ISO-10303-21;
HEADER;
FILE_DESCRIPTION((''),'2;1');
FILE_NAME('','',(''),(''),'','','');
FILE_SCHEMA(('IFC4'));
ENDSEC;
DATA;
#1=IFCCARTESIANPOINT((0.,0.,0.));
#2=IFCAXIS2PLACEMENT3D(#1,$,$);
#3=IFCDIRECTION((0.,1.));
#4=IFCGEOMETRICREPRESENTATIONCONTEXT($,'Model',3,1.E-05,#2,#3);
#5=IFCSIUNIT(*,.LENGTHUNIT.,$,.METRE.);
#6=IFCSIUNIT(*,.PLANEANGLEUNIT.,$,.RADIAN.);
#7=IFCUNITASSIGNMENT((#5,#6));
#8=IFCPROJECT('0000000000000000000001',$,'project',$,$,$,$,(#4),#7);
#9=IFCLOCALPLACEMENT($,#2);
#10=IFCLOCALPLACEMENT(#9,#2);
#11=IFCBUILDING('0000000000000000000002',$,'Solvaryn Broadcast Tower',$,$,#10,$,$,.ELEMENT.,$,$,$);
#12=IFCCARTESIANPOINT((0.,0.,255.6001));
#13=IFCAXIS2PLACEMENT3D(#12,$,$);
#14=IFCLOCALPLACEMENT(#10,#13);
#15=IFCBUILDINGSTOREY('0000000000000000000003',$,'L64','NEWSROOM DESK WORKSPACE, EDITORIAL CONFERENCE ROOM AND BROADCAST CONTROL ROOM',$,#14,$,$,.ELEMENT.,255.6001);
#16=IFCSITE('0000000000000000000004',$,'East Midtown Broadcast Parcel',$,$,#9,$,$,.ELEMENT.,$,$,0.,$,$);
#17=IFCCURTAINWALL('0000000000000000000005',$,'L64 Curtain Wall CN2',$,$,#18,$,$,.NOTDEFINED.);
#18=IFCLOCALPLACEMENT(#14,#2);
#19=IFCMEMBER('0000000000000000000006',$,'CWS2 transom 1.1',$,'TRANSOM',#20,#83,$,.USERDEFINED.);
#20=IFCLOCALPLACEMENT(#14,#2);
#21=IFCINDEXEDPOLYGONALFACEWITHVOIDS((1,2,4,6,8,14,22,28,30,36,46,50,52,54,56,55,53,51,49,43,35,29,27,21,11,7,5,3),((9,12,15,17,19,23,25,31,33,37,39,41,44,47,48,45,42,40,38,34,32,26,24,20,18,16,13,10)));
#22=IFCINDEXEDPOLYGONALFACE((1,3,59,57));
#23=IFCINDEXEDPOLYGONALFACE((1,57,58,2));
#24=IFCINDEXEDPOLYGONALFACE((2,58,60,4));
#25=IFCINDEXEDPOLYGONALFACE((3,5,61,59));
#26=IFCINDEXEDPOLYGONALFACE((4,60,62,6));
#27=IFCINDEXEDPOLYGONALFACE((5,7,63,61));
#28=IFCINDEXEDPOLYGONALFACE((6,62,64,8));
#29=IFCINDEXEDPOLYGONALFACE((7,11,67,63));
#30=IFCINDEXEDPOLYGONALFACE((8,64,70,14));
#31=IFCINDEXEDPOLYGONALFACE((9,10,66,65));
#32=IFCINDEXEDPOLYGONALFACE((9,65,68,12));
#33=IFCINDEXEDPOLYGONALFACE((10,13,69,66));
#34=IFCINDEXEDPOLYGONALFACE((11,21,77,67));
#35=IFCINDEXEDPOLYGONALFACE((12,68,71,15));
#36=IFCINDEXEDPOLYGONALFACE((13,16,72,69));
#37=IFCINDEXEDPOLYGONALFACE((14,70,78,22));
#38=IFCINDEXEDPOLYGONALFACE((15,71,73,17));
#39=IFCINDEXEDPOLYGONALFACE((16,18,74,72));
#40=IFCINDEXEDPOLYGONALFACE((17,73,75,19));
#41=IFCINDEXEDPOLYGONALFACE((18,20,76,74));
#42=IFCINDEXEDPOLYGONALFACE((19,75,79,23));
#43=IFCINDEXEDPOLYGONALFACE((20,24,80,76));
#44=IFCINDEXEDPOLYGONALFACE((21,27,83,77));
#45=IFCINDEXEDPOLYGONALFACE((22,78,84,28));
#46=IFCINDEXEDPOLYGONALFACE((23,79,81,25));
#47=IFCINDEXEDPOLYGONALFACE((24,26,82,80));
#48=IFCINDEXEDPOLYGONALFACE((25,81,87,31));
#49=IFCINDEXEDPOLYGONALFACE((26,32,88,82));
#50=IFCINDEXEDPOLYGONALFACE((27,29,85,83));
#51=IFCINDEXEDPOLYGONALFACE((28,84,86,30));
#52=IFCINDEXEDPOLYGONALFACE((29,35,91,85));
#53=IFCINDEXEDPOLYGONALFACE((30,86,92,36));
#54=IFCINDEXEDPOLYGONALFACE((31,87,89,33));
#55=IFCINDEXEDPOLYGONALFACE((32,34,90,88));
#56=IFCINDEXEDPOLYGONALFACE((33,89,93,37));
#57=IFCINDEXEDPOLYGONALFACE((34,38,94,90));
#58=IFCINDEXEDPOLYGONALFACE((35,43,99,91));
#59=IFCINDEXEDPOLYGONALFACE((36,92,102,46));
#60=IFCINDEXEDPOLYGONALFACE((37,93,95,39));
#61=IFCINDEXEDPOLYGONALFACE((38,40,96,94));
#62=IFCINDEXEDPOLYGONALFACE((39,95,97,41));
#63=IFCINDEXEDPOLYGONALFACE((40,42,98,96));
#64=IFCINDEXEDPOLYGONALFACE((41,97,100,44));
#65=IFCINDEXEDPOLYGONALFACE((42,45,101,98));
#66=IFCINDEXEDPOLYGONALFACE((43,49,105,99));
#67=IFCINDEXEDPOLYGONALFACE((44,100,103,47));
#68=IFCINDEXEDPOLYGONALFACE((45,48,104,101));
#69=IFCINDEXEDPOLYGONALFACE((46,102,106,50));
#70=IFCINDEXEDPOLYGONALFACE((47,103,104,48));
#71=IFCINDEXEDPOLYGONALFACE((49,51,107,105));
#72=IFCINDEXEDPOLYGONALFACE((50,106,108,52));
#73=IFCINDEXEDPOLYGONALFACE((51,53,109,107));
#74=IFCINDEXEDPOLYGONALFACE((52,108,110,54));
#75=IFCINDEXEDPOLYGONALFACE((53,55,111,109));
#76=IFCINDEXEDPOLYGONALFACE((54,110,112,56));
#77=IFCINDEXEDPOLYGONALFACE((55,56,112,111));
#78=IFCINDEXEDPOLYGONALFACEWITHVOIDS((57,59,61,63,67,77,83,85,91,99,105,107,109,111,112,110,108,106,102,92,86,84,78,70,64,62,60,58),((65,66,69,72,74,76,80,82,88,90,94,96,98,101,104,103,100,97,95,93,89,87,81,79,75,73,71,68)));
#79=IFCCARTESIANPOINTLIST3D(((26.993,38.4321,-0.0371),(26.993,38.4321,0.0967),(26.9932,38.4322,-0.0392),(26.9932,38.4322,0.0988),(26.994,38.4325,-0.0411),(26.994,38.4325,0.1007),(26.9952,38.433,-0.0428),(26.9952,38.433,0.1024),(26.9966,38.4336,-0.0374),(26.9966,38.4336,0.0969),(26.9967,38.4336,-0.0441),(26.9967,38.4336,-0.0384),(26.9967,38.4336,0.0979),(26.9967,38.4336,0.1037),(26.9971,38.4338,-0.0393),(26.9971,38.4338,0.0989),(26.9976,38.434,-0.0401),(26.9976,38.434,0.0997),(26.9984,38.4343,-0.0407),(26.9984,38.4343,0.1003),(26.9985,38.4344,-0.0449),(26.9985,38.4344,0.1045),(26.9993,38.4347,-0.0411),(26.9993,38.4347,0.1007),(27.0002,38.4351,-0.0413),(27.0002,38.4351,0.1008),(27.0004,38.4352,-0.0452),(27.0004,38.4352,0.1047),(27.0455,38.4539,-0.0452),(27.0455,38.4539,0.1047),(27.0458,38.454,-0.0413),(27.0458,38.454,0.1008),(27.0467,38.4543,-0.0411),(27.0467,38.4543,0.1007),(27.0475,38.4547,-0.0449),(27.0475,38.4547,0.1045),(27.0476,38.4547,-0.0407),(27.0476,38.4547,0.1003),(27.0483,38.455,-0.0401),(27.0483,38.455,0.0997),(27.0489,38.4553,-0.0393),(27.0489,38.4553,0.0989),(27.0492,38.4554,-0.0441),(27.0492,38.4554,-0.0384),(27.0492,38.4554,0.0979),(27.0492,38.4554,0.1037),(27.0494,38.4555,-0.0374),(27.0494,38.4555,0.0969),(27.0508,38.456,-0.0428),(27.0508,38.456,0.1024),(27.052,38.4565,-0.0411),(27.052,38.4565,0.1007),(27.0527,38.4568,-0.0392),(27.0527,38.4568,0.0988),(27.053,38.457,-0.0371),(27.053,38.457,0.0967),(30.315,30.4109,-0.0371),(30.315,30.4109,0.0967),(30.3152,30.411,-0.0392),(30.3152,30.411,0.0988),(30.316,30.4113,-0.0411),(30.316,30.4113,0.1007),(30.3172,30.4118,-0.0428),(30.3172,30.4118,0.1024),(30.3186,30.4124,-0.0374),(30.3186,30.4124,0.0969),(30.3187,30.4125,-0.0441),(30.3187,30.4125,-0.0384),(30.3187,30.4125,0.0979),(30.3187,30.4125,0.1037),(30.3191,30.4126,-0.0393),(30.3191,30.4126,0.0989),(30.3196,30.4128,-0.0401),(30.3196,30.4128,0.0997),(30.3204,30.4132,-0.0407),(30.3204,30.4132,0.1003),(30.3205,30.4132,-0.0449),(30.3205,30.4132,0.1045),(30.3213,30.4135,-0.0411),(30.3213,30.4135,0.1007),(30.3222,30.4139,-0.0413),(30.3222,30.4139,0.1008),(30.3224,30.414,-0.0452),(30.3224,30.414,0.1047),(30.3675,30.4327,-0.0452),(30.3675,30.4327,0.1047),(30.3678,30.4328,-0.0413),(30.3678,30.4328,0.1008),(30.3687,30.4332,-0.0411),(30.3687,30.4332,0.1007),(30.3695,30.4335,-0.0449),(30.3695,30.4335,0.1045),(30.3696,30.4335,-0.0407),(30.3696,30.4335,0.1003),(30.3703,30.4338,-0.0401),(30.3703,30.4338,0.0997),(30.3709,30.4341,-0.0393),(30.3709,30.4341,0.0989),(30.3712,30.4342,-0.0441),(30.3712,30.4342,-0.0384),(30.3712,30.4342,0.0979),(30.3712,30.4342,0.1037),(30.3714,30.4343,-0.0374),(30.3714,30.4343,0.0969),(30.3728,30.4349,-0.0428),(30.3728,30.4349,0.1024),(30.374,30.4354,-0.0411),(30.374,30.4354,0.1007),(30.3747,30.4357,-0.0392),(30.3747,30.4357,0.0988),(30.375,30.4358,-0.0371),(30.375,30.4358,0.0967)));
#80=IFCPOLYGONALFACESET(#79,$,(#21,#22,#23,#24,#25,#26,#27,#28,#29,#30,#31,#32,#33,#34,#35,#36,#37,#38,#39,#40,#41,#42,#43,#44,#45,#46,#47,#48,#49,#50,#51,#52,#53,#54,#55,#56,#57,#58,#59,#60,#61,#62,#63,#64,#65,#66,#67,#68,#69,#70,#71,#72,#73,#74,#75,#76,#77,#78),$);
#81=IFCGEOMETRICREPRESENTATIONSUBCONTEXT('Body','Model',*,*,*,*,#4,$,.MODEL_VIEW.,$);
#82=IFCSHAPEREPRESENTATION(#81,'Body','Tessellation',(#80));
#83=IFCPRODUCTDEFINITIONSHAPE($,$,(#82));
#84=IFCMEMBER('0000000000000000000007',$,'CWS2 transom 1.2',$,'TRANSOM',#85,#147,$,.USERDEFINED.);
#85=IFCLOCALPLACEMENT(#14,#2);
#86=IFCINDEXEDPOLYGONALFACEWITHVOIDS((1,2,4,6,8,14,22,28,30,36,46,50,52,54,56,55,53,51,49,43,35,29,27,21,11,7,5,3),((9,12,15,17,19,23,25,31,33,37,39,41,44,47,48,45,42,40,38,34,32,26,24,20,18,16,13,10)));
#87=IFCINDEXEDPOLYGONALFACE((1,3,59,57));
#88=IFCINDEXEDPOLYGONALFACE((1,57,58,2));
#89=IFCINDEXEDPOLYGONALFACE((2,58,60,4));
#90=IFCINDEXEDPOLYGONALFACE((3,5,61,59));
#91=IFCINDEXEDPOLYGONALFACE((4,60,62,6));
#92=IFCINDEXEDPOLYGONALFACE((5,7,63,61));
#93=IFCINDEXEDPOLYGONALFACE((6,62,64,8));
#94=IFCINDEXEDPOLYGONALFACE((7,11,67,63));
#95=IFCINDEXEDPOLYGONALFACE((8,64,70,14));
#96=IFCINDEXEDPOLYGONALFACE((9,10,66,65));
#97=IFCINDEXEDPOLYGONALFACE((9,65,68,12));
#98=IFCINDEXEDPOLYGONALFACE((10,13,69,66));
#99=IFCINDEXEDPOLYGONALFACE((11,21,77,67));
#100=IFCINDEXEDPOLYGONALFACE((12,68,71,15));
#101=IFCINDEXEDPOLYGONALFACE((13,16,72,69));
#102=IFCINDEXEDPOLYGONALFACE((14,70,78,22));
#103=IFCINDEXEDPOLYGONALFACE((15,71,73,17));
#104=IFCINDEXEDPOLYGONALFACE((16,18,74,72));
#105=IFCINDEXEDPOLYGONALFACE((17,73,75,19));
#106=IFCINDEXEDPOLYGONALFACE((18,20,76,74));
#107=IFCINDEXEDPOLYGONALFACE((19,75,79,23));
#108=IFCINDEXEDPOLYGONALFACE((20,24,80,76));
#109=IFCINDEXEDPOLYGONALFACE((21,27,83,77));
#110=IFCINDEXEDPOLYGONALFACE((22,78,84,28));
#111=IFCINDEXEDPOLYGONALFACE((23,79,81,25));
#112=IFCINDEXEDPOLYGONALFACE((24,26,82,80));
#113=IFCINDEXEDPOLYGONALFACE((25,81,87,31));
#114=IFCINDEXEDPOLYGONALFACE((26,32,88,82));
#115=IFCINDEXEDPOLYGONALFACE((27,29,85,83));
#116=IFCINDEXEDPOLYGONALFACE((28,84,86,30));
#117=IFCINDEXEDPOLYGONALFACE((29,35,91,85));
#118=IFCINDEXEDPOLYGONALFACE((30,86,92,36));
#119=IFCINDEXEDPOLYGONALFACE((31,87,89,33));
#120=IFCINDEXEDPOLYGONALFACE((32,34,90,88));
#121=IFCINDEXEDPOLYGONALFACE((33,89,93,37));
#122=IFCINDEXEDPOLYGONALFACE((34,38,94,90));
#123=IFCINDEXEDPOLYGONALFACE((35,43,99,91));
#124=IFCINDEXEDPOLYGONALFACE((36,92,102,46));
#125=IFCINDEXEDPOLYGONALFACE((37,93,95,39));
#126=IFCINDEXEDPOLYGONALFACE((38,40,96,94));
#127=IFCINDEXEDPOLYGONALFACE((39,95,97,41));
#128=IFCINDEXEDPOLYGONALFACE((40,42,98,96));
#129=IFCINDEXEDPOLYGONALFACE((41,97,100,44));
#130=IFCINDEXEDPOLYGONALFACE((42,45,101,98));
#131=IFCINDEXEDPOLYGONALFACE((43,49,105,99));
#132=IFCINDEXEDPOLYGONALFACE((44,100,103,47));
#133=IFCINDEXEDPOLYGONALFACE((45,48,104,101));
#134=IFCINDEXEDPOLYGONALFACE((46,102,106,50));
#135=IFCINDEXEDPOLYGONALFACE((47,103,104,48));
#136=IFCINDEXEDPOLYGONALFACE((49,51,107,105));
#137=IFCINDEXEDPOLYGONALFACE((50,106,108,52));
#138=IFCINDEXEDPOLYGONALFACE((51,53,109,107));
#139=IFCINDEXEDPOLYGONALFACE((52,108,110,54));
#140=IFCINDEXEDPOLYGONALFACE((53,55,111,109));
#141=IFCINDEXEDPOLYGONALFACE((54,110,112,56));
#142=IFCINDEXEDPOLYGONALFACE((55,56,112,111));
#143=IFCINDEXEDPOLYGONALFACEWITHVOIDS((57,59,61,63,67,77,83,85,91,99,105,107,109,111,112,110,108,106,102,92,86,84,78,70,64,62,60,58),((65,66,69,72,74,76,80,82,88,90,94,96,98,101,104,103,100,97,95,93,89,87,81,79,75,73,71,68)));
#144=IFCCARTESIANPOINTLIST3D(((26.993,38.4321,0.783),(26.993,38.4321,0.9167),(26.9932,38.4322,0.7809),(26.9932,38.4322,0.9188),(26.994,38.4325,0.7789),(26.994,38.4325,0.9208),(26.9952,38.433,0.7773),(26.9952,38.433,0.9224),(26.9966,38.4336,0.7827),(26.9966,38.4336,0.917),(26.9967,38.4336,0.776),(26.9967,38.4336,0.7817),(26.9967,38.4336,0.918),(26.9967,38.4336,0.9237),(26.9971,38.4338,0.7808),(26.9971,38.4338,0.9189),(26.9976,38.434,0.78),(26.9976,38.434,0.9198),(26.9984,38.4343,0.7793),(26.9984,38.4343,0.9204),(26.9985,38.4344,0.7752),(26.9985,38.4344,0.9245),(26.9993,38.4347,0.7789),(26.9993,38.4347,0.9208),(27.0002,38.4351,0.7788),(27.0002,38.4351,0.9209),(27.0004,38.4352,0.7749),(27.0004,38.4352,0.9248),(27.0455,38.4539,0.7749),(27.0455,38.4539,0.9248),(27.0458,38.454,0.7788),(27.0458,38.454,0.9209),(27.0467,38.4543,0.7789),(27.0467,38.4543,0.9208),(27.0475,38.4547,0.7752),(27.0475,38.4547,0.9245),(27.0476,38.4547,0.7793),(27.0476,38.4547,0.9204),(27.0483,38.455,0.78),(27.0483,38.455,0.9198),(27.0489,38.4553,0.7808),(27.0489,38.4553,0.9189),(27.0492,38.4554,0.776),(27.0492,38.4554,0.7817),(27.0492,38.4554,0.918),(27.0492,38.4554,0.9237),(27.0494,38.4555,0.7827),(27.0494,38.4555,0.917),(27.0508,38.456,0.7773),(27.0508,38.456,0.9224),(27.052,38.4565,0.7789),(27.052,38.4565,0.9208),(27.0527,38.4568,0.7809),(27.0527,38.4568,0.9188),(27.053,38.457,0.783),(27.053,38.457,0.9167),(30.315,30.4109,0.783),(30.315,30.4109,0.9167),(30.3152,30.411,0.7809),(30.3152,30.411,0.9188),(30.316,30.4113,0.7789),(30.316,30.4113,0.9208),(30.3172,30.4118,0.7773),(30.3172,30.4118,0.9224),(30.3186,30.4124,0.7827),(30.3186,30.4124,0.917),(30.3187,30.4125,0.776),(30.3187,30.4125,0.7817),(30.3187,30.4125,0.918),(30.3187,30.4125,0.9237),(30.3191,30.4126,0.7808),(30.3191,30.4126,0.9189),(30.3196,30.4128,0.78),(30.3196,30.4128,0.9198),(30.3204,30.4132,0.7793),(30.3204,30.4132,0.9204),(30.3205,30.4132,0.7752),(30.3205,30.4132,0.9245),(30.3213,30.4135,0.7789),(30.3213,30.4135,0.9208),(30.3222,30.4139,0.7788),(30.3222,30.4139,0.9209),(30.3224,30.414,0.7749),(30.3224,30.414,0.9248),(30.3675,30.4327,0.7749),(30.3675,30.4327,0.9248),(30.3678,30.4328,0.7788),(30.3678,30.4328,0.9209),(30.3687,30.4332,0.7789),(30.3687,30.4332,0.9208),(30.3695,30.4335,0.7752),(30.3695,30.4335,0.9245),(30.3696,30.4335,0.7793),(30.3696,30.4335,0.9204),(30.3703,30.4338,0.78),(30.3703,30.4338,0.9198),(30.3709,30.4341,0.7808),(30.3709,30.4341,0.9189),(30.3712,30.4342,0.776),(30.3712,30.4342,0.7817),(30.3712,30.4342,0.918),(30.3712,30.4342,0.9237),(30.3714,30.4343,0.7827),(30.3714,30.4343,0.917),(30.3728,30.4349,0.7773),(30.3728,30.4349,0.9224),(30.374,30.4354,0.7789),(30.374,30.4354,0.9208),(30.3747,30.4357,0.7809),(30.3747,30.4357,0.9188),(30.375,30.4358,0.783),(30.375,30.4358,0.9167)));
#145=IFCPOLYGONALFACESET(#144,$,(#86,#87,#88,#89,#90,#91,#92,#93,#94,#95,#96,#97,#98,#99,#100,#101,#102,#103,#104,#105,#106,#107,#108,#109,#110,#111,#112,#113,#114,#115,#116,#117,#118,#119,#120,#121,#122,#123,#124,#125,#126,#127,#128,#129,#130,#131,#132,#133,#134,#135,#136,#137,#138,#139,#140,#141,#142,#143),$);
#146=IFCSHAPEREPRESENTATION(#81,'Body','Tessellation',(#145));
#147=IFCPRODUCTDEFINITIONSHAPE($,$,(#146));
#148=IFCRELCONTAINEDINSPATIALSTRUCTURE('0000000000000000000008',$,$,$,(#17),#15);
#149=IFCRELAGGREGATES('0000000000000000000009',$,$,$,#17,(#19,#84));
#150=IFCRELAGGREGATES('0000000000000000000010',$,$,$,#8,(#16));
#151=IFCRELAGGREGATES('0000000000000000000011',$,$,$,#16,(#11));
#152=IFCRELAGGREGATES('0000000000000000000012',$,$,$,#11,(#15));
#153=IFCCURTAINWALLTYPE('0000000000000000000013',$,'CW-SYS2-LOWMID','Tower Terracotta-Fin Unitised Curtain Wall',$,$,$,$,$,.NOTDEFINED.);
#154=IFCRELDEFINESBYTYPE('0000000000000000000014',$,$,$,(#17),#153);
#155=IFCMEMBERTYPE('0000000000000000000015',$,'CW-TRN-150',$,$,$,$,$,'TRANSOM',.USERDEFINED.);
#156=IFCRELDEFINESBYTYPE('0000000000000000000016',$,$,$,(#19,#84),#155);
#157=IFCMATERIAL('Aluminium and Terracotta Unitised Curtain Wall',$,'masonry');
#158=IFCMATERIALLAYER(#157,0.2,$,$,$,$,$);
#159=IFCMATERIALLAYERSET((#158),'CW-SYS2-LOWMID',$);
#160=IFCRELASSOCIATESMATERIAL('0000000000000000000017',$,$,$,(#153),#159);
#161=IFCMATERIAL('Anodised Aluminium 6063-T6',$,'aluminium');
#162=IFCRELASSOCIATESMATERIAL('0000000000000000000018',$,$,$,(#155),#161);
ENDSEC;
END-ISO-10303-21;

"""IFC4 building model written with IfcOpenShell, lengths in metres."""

from ifc_helpers import new_model, si_unit, direction, frame, origin, origin_2d, place, context, subcontext, project, spatial, hollow_rectangle, extrude, material, layer, layer_set, material_profile, profile_set, type_object, element, aggregate, save


model = new_model("IFC4")

# Units and contexts
model_context = context("Model", 3, precision=1e-05, world=origin(), true_north=direction((0.0, 1.0)))
body_context = subcontext(model_context, "Body", "Model", "MODEL_VIEW")
ifc_project = project(units=[si_unit("LENGTHUNIT", "METRE"), si_unit("PLANEANGLEUNIT", "RADIAN")], contexts=[model_context])

# Site, building, storey
site_placement = place(None, origin())
site = spatial("IfcSite", under=ifc_project, at=site_placement, Name="East Midtown Broadcast Parcel", CompositionType="ELEMENT", RefElevation=0.0)
building_placement = place(site_placement, origin())
building = spatial("IfcBuilding", under=site, at=building_placement, Name="Solvaryn Broadcast Tower", CompositionType="ELEMENT")
storey_placement = place(building_placement, frame((0.0, 0.0, 255.6001)))
storey = spatial("IfcBuildingStorey", under=building, at=storey_placement, Name="L64", Description="NEWSROOM DESK WORKSPACE, EDITORIAL CONFERENCE ROOM AND BROADCAST CONTROL ROOM", CompositionType="ELEMENT", Elevation=255.6001)

# Shared definitions
ifc_material_1 = material(Name="Aluminium and Terracotta Unitised Curtain Wall", Category="masonry")
ifc_layer_1 = layer(ifc_material_1, 0.2)
ifc_layer_set_1 = layer_set([ifc_layer_1], Name="CW-SYS2-LOWMID")
curtain_wall_type = type_object("IfcCurtainWallType", Name="CW-SYS2-LOWMID", Description="Tower Terracotta-Fin Unitised Curtain Wall", PredefinedType="NOTDEFINED", material=ifc_layer_set_1)

# Curtain wall, members
curtain_wall_1_placement = place(storey_placement, origin())
curtain_wall_1 = element("IfcCurtainWall", 1, at=curtain_wall_1_placement, inside=storey, type_object=curtain_wall_type, Name="L64 Curtain Wall CN2", PredefinedType="NOTDEFINED")
ifc_material_2 = material(Name="Anodised Aluminium 6063-T6", Category="aluminium")
ifc_material_profile_1 = material_profile(ifc_material_2, hollow_rectangle(XDim=0.0649, YDim=0.1499, WallThickness=0.0039, InnerFilletRadius=0.0039, OuterFilletRadius=0.0081, at=origin_2d()))
ifc_profile_set_1 = profile_set([ifc_material_profile_1], Name="Anodised Aluminium 6063-T6")
member_type_1 = type_object("IfcMemberType", Name="CW-TRN-150", ElementType="TRANSOM", PredefinedType="USERDEFINED", material=ifc_profile_set_1)
member_1_placement = place(storey_placement, frame((30.345, 30.4233, 0.0298), z_axis=(-0.382636, 0.923899, 0.0), x_axis=(-0.923899, -0.382636, 0.0)))
member_1 = element("IfcMember", 2, at=member_1_placement, type_object=member_type_1, Name="CWS2 transom 1.1", ObjectType="TRANSOM", PredefinedType="USERDEFINED", context=body_context, shape_type="SweptSolid", body=[
    extrude(hollow_rectangle(XDim=0.0649, YDim=0.1499, WallThickness=0.0039, InnerFilletRadius=0.0039, OuterFilletRadius=0.0081, at=origin_2d()), origin(), (0.0, 0.0, 1.0), 8.6819),
])
member_2_placement = place(storey_placement, frame((30.345, 30.4233, 0.8499), z_axis=(-0.382636, 0.923899, 0.0), x_axis=(-0.923899, -0.382636, 0.0)))
member_2 = element("IfcMember", 3, at=member_2_placement, type_object=member_type_1, Name="CWS2 transom 1.2", ObjectType="TRANSOM", PredefinedType="USERDEFINED", context=body_context, shape_type="SweptSolid", body=[
    extrude(hollow_rectangle(XDim=0.0649, YDim=0.1499, WallThickness=0.0039, InnerFilletRadius=0.0039, OuterFilletRadius=0.0081, at=origin_2d()), origin(), (0.0, 0.0, 1.0), 8.6819),
])

aggregate(curtain_wall_1, [member_1, member_2])

save(model, "model.ifc")
